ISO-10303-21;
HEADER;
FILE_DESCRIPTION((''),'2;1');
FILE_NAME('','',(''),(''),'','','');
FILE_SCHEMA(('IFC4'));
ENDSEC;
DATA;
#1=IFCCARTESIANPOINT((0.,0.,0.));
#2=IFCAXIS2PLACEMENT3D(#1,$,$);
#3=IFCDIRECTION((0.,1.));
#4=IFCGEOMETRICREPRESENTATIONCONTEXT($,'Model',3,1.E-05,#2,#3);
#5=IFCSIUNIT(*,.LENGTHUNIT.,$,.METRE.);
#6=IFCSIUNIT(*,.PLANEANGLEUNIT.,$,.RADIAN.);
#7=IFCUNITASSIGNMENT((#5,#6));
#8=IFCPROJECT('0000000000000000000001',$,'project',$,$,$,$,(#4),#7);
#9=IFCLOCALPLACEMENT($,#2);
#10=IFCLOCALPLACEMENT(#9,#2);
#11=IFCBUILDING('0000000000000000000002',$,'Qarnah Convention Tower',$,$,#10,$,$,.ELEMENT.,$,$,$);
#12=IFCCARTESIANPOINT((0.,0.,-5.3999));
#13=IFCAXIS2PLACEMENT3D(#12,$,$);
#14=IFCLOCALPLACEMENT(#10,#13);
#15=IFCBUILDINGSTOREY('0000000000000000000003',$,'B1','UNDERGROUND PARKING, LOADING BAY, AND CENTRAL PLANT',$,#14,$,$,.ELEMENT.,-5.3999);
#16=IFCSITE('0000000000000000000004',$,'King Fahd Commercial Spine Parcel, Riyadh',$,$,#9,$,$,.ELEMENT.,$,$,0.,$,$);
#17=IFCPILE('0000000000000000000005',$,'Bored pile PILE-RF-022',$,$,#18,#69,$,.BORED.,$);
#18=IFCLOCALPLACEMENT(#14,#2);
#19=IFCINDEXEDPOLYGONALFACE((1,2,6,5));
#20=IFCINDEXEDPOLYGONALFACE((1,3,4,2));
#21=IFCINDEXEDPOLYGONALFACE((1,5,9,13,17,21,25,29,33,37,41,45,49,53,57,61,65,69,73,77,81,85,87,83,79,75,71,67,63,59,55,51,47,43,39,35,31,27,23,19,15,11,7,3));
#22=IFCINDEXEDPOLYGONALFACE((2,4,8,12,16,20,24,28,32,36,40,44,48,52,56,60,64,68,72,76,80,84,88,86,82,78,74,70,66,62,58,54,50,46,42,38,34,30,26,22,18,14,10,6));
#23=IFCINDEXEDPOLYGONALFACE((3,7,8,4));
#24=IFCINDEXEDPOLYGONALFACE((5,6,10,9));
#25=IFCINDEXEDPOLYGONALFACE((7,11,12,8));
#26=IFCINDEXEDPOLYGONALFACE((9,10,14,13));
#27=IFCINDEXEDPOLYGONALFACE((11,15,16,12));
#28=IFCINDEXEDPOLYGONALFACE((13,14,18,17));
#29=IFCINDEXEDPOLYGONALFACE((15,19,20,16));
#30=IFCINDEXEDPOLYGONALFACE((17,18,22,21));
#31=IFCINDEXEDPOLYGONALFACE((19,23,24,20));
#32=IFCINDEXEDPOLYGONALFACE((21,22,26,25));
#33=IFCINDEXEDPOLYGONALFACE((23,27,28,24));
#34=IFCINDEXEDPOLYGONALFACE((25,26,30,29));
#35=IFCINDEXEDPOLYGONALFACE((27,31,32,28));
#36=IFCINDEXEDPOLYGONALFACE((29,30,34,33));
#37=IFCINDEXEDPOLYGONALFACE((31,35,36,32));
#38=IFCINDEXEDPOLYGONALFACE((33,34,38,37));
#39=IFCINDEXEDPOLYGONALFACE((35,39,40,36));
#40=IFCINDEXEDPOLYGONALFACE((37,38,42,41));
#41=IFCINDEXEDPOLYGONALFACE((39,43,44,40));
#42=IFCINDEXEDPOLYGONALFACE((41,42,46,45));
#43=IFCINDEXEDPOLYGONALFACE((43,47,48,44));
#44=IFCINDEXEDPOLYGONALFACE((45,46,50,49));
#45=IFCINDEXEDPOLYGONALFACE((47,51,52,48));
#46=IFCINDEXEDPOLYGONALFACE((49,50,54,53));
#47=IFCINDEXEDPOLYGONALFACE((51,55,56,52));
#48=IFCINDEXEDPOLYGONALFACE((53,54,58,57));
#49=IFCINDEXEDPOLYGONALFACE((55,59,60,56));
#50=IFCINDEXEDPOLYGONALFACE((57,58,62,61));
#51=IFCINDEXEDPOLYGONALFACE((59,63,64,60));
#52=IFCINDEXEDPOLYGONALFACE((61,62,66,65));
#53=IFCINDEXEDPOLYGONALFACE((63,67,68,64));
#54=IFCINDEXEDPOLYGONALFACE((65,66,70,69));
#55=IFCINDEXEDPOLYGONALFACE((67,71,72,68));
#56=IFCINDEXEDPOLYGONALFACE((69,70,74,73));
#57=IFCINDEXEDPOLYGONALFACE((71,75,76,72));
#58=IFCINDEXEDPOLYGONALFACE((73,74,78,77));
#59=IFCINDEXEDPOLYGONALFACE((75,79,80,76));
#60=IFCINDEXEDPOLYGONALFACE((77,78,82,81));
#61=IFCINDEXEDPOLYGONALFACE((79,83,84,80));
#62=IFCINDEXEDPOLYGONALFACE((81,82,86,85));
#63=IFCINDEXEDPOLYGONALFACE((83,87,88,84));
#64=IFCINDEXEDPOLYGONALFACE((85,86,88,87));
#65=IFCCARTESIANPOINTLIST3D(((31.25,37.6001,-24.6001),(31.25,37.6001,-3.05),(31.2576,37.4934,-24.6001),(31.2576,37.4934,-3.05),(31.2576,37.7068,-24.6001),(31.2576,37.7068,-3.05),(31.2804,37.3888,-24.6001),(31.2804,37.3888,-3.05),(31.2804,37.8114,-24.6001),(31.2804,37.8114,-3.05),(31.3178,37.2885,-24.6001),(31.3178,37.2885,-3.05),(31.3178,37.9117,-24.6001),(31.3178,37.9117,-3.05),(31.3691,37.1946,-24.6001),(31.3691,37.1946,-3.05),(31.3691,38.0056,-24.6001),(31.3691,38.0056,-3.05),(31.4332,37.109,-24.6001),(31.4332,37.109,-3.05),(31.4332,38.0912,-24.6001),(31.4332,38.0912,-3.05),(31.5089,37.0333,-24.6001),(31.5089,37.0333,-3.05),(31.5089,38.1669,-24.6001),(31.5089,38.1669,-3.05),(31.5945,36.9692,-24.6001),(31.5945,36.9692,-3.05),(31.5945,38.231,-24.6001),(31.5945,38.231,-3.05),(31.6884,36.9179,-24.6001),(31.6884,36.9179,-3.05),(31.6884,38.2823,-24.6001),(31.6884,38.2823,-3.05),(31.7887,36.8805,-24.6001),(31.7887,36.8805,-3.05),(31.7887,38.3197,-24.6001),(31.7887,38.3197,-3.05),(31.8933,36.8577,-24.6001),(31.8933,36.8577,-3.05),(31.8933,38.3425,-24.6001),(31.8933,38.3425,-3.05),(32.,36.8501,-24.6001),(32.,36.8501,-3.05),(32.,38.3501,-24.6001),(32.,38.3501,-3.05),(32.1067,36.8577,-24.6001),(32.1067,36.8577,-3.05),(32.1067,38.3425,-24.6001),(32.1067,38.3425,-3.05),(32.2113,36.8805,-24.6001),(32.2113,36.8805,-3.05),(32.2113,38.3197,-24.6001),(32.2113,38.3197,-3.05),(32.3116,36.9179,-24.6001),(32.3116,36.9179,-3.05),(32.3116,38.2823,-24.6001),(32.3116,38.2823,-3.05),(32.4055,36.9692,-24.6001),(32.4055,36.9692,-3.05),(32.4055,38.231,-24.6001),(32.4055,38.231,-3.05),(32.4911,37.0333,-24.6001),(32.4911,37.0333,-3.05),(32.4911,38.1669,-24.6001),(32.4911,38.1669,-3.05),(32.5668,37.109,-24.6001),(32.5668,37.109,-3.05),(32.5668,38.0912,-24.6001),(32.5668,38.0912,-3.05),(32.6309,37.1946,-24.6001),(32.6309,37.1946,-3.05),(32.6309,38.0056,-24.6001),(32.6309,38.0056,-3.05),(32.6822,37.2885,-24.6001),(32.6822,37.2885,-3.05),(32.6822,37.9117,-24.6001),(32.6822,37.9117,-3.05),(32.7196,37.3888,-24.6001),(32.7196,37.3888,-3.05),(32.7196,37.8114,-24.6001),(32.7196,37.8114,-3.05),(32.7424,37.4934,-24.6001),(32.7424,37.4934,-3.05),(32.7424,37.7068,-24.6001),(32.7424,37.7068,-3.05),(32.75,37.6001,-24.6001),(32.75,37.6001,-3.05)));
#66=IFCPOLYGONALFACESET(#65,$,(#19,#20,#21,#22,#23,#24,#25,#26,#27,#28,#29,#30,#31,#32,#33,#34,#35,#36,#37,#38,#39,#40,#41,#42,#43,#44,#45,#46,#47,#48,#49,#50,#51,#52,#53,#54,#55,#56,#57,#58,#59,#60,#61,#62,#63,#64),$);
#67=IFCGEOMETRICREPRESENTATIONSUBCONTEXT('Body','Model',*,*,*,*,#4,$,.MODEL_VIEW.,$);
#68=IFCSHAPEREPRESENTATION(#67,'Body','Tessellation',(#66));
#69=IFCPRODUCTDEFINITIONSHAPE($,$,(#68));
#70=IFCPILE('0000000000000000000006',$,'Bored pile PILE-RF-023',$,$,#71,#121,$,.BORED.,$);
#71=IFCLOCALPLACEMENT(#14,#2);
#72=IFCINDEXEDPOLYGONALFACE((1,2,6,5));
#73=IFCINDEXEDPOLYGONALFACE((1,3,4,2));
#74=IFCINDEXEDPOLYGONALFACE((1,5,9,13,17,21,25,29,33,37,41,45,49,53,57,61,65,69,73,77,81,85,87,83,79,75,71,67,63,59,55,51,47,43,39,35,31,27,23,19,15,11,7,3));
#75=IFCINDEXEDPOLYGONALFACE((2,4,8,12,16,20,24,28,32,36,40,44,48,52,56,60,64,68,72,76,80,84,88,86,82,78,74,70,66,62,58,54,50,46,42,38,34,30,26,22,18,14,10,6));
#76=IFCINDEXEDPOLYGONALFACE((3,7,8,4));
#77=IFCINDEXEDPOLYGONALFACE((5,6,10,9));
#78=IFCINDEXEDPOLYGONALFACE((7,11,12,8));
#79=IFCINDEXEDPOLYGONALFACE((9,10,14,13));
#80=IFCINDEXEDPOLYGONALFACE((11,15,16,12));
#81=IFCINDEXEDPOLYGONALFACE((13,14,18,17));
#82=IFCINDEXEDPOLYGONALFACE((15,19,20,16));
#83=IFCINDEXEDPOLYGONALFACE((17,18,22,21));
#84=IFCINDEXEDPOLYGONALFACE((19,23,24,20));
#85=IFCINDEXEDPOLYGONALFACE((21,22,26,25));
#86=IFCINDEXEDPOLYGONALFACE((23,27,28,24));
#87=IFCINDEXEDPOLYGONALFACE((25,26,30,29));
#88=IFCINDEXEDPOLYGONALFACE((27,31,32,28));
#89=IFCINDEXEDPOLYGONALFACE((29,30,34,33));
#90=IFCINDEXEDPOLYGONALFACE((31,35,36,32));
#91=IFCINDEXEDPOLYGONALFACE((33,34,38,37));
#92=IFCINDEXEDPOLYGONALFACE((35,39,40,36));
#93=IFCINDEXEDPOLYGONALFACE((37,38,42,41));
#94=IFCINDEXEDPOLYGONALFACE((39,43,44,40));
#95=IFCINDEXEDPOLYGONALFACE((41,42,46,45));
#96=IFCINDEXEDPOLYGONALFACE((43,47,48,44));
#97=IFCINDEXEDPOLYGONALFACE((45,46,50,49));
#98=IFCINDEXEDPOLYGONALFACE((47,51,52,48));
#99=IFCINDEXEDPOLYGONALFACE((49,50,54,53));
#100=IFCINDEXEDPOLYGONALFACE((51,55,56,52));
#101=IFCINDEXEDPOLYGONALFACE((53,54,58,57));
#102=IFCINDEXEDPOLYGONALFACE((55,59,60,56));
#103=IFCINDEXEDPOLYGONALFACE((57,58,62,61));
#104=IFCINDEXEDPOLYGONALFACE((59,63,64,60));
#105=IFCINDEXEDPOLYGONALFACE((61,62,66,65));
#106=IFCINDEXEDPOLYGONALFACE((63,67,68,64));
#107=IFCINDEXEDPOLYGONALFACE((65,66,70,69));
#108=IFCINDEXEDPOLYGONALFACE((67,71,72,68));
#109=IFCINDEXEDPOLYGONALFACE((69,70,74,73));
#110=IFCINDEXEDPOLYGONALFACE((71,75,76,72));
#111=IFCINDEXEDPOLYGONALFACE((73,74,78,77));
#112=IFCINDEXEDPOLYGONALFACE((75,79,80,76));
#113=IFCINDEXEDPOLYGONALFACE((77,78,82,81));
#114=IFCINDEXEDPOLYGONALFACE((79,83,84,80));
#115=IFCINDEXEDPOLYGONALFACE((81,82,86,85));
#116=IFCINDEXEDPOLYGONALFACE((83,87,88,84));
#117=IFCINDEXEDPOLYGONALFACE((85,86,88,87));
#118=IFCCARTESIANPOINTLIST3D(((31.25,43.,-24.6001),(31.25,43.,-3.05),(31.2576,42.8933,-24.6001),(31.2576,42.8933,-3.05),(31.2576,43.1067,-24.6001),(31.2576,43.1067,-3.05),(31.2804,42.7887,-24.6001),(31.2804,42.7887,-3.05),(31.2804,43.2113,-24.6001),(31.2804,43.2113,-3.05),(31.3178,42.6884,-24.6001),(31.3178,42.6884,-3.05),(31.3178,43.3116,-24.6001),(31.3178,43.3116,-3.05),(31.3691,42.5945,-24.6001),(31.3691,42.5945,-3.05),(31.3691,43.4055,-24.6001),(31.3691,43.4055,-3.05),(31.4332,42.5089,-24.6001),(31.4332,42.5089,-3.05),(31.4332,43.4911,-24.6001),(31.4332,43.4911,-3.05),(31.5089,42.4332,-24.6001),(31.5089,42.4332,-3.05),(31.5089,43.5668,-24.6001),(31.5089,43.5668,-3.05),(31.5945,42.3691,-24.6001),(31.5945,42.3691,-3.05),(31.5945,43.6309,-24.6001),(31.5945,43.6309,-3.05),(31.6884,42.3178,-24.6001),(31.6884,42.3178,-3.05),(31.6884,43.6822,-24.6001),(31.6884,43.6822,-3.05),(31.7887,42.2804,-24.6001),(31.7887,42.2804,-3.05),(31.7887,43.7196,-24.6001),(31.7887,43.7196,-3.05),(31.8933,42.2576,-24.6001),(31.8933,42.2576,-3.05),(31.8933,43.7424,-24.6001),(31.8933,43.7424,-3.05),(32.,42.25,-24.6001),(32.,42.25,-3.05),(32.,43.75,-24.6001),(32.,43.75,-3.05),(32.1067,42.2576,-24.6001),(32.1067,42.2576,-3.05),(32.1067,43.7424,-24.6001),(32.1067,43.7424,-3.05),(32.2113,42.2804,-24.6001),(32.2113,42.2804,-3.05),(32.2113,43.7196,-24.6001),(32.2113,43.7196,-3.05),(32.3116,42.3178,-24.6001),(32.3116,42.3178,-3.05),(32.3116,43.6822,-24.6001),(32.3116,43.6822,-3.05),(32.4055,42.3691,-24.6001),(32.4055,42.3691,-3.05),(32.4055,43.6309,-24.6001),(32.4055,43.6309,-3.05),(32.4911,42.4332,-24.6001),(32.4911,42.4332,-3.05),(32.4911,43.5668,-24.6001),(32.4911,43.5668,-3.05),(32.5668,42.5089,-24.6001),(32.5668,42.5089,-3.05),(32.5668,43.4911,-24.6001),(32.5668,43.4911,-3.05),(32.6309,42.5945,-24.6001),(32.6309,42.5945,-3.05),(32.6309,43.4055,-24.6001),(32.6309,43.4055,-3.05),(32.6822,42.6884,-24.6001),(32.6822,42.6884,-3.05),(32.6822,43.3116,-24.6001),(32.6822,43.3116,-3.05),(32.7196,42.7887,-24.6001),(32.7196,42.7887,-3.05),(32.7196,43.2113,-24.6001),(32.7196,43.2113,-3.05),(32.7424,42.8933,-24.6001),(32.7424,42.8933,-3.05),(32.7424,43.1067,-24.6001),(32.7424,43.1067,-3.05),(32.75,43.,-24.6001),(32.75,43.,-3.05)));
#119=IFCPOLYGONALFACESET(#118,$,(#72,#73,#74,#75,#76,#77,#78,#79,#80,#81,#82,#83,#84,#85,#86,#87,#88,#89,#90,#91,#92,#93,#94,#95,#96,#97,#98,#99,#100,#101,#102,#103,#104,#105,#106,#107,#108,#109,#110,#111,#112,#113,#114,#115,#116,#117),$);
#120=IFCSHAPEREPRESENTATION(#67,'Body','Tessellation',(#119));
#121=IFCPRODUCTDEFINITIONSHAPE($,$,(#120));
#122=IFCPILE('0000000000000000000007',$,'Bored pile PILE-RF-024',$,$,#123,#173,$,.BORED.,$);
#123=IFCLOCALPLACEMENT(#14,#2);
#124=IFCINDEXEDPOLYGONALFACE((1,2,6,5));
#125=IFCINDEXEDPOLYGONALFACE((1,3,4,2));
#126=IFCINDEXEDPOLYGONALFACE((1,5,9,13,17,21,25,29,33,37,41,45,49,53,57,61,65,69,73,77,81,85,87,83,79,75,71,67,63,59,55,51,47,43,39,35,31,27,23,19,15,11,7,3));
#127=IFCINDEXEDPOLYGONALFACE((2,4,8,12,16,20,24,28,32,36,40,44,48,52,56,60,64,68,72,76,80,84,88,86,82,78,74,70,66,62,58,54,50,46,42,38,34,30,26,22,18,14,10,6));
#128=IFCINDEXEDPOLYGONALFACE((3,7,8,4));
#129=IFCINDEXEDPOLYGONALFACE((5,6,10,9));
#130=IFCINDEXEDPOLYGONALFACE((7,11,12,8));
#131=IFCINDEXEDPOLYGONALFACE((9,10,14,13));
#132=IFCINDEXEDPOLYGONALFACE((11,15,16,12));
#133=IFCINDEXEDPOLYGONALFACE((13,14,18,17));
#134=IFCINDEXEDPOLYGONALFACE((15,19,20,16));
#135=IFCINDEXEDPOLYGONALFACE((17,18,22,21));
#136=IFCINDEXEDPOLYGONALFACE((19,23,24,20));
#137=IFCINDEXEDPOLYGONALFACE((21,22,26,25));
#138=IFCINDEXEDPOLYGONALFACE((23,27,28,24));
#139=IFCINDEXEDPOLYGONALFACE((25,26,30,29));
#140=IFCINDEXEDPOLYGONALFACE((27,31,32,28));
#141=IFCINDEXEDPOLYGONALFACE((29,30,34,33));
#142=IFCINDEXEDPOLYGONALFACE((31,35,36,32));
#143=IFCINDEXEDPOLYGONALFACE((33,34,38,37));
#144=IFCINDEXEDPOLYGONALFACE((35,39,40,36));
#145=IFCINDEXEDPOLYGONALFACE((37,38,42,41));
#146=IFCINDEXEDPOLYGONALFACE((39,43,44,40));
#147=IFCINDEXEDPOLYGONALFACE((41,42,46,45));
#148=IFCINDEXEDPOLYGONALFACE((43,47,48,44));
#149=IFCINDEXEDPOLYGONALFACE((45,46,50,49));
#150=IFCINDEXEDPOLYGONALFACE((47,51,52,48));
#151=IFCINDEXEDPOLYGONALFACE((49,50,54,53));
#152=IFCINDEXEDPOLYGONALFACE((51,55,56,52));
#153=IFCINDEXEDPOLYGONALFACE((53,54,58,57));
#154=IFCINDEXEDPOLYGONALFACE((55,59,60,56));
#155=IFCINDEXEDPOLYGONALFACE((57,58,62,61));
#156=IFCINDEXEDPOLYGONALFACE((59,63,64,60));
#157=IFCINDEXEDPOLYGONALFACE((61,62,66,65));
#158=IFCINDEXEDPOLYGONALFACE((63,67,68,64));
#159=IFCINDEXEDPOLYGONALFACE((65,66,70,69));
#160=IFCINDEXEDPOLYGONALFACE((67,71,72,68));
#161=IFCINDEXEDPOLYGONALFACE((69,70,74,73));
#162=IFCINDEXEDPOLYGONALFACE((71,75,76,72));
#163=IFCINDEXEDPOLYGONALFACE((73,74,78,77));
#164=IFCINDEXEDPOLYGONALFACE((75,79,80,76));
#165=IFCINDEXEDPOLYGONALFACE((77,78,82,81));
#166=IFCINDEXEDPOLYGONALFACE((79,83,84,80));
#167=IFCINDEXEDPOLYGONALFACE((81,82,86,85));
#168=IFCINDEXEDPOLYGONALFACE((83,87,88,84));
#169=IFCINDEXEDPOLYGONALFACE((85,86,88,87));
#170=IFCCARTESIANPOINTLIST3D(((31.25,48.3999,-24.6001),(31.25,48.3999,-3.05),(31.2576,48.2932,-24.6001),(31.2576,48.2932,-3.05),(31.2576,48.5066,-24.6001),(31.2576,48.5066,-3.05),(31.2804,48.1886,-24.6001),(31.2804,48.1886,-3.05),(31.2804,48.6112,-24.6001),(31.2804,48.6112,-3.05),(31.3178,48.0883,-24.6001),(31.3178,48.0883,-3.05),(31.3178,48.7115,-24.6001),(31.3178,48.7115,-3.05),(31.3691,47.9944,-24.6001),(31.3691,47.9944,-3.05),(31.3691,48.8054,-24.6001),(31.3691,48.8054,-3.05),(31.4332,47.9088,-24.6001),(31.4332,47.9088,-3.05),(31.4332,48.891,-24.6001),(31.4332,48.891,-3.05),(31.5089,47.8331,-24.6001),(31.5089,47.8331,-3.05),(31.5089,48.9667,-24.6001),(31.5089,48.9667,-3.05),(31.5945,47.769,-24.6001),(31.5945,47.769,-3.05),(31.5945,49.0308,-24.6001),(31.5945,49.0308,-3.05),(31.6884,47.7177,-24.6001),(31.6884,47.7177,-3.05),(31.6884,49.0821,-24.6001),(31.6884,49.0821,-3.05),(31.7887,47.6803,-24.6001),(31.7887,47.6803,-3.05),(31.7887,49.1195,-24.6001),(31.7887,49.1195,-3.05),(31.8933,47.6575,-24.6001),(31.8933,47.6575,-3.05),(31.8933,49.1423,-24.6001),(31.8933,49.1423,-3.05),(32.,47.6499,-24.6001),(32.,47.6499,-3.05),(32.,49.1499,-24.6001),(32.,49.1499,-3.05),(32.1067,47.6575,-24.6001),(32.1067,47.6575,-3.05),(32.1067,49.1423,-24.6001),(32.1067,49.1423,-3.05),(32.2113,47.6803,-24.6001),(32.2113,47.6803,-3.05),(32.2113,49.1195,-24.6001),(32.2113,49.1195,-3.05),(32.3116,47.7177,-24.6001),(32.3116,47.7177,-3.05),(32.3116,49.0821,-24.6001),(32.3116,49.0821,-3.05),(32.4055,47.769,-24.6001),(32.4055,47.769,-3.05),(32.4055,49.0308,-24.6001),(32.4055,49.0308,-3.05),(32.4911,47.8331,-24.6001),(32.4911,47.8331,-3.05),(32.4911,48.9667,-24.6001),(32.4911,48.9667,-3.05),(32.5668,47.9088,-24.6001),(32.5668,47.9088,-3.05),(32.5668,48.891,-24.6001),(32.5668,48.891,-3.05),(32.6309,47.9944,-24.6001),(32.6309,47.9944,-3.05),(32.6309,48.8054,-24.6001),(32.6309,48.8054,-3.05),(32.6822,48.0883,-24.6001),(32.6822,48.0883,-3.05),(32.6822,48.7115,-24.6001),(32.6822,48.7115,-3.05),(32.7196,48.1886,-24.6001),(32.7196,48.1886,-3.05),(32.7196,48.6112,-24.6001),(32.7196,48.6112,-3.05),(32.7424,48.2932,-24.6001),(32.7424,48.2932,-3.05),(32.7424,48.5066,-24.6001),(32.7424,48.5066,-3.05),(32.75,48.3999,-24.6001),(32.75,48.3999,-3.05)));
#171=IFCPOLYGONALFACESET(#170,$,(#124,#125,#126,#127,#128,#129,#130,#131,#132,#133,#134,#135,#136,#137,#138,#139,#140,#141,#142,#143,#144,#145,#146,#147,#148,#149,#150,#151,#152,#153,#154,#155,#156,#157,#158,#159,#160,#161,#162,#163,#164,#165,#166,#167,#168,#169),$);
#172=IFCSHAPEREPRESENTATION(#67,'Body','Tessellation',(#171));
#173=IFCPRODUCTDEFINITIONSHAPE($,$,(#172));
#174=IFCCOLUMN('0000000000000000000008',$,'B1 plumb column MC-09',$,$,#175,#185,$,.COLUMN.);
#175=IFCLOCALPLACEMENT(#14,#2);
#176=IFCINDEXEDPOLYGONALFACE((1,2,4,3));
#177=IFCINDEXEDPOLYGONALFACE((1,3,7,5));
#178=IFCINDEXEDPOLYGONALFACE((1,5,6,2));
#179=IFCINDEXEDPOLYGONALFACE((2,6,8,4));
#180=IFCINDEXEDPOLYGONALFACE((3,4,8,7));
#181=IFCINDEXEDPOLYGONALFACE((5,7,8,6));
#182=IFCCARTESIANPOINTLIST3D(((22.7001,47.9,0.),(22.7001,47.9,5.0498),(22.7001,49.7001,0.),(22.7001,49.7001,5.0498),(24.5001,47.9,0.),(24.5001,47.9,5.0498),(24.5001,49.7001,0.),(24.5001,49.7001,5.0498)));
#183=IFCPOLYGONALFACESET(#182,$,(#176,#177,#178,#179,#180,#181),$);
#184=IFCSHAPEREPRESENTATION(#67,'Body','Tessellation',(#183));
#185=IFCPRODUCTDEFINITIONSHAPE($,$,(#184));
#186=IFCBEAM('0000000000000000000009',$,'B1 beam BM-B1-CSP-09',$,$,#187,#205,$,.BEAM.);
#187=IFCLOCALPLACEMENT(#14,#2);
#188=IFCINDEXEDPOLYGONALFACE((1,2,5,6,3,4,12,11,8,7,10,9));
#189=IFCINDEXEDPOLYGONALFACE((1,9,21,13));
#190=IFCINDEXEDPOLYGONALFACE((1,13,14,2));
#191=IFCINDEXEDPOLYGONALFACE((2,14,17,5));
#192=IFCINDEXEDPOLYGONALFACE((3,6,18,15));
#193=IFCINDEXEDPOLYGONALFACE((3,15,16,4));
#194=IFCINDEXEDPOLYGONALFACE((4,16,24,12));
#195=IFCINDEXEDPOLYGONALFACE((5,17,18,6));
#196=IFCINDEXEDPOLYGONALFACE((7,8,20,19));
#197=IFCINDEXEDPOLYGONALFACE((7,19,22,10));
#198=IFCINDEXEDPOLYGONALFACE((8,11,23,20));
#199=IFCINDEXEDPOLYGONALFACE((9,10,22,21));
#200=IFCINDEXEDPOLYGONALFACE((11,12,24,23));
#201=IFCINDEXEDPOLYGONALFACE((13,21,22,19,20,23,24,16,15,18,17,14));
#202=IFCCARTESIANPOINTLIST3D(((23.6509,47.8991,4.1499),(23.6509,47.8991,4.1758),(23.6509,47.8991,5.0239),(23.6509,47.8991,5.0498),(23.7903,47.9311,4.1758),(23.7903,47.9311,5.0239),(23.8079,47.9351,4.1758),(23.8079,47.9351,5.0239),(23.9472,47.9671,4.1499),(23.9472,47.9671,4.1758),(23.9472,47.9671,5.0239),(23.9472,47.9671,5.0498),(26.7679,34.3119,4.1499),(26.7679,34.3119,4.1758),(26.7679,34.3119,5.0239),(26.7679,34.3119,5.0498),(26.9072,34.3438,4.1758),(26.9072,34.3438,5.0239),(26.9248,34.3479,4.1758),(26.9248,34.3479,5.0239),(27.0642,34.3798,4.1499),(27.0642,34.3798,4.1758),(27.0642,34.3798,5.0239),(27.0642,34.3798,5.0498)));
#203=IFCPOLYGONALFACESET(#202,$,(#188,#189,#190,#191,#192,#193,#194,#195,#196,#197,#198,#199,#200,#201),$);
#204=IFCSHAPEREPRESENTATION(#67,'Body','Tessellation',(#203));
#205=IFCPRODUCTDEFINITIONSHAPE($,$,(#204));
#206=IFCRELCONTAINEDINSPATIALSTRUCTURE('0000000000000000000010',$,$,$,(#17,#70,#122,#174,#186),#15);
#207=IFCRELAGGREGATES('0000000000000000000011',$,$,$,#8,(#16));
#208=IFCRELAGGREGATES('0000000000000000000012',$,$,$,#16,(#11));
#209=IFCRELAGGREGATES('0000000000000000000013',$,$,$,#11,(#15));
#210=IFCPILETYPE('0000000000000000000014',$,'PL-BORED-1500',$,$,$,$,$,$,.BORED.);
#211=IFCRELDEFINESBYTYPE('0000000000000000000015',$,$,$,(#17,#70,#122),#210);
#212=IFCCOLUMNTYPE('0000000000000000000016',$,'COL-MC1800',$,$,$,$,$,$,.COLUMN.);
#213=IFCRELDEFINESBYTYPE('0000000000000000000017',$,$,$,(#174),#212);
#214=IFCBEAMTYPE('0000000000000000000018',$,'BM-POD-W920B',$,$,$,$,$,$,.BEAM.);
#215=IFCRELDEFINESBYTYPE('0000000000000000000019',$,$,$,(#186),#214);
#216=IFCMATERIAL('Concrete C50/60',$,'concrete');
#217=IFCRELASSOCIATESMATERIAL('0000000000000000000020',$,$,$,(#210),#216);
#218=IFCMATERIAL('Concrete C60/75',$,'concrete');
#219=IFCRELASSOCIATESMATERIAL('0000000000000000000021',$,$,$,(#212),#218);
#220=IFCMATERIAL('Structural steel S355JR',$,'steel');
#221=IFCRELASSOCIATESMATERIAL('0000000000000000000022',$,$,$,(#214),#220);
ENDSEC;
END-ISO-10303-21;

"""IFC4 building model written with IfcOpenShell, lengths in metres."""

from ifc_helpers import new_model, si_unit, direction, frame, origin, origin_2d, place, context, subcontext, project, spatial, rectangle, circle, i_section, extrude, material, material_profile, profile_set, type_object, element, save


model = new_model("IFC4")

# Units and contexts
model_context = context("Model", 3, precision=1e-05, world=origin(), true_north=direction((0.0, 1.0)))
body_context = subcontext(model_context, "Body", "Model", "MODEL_VIEW")
ifc_project = project(units=[si_unit("LENGTHUNIT", "METRE"), si_unit("PLANEANGLEUNIT", "RADIAN")], contexts=[model_context])

# Site, building, storey
site_placement = place(None, origin())
site = spatial("IfcSite", under=ifc_project, at=site_placement, Name="King Fahd Commercial Spine Parcel, Riyadh", CompositionType="ELEMENT", RefElevation=0.0)
building_placement = place(site_placement, origin())
building = spatial("IfcBuilding", under=site, at=building_placement, Name="Qarnah Convention Tower", CompositionType="ELEMENT")
storey_placement = place(building_placement, frame((0.0, 0.0, -5.3999)))
storey = spatial("IfcBuildingStorey", under=building, at=storey_placement, Name="B1", Description="UNDERGROUND PARKING, LOADING BAY, AND CENTRAL PLANT", CompositionType="ELEMENT", Elevation=-5.3999)

# Piles
ifc_material_1 = material(Name="Concrete C50/60", Category="concrete")
ifc_material_profile_1 = material_profile(ifc_material_1, circle(Radius=0.75, at=origin_2d()), Name="PILE-D1500")
ifc_profile_set_1 = profile_set([ifc_material_profile_1], Name="Concrete C50/60")
pile_type = type_object("IfcPileType", Name="PL-BORED-1500", PredefinedType="BORED", material=ifc_profile_set_1)
for number, where, z_axis, x_axis, name in (
    (1, (32.0, 37.6001, -3.05), (0.0, 0.0, -1.0), (1.0, 0.0, 0.0), "Bored pile PILE-RF-022"),
    (2, (32.0, 43.0, -3.05), (0.0, 0.0, -1.0), (1.0, 0.0, 0.0), "Bored pile PILE-RF-023"),
    (3, (32.0, 48.3999, -3.05), (0.0, 0.0, -1.0), (1.0, 0.0, 0.0), "Bored pile PILE-RF-024"),
):
    element("IfcPile", number, at=place(storey_placement, frame(where, z_axis=z_axis, x_axis=x_axis)), inside=storey, type_object=pile_type, Name=name, PredefinedType="BORED", context=body_context, shape_type="SweptSolid", body=[
        extrude(circle(Radius=0.75, at=origin_2d()), origin(), (0.0, 0.0, 1.0), 21.55),
    ])

# Column
ifc_material_2 = material(Name="Concrete C60/75", Category="concrete")
ifc_material_profile_2 = material_profile(ifc_material_2, rectangle(XDim=1.8, YDim=1.8, at=origin_2d()), Name="RC-COL-1800X1800")
ifc_profile_set_2 = profile_set([ifc_material_profile_2], Name="Concrete C60/75")
column_type = type_object("IfcColumnType", Name="COL-MC1800", PredefinedType="COLUMN", material=ifc_profile_set_2)
column_placement = place(storey_placement, frame((23.6001, 48.8, 0.0), z_axis=(0.0, 0.0, 1.0), x_axis=(1.0, 0.0, 0.0)))
element("IfcColumn", 4, at=column_placement, inside=storey, type_object=column_type, Name="B1 plumb column MC-09", PredefinedType="COLUMN", context=body_context, shape_type="SweptSolid", body=[
    extrude(rectangle(XDim=1.8, YDim=1.8, at=origin_2d()), origin(), (0.0, 0.0, 1.0), 5.0498),
])

# Beam
ifc_material_3 = material(Name="Structural steel S355JR", Category="steel")
ifc_material_profile_3 = material_profile(ifc_material_3, i_section(OverallWidth=0.304, OverallDepth=0.8999, WebThickness=0.0181, FlangeThickness=0.0259, at=origin_2d()), Name="W920X271")
ifc_profile_set_3 = profile_set([ifc_material_profile_3], Name="Structural steel S355JR")
beam_type = type_object("IfcBeamType", Name="BM-POD-W920B", PredefinedType="BEAM", material=ifc_profile_set_3)
beam_placement = place(storey_placement, frame((23.7991, 47.9331, 4.5999), z_axis=(0.223596, -0.974682, 0.0), x_axis=(0.974682, 0.223596, 0.0)))
element("IfcBeam", 5, at=beam_placement, inside=storey, type_object=beam_type, Name="B1 beam BM-B1-CSP-09", PredefinedType="BEAM", context=body_context, shape_type="SweptSolid", body=[
    extrude(i_section(OverallWidth=0.304, OverallDepth=0.8999, WebThickness=0.0181, FlangeThickness=0.0259, at=origin_2d()), origin(), (0.0, 0.0, 1.0), 13.9402),
])

save(model, "model.ifc")
